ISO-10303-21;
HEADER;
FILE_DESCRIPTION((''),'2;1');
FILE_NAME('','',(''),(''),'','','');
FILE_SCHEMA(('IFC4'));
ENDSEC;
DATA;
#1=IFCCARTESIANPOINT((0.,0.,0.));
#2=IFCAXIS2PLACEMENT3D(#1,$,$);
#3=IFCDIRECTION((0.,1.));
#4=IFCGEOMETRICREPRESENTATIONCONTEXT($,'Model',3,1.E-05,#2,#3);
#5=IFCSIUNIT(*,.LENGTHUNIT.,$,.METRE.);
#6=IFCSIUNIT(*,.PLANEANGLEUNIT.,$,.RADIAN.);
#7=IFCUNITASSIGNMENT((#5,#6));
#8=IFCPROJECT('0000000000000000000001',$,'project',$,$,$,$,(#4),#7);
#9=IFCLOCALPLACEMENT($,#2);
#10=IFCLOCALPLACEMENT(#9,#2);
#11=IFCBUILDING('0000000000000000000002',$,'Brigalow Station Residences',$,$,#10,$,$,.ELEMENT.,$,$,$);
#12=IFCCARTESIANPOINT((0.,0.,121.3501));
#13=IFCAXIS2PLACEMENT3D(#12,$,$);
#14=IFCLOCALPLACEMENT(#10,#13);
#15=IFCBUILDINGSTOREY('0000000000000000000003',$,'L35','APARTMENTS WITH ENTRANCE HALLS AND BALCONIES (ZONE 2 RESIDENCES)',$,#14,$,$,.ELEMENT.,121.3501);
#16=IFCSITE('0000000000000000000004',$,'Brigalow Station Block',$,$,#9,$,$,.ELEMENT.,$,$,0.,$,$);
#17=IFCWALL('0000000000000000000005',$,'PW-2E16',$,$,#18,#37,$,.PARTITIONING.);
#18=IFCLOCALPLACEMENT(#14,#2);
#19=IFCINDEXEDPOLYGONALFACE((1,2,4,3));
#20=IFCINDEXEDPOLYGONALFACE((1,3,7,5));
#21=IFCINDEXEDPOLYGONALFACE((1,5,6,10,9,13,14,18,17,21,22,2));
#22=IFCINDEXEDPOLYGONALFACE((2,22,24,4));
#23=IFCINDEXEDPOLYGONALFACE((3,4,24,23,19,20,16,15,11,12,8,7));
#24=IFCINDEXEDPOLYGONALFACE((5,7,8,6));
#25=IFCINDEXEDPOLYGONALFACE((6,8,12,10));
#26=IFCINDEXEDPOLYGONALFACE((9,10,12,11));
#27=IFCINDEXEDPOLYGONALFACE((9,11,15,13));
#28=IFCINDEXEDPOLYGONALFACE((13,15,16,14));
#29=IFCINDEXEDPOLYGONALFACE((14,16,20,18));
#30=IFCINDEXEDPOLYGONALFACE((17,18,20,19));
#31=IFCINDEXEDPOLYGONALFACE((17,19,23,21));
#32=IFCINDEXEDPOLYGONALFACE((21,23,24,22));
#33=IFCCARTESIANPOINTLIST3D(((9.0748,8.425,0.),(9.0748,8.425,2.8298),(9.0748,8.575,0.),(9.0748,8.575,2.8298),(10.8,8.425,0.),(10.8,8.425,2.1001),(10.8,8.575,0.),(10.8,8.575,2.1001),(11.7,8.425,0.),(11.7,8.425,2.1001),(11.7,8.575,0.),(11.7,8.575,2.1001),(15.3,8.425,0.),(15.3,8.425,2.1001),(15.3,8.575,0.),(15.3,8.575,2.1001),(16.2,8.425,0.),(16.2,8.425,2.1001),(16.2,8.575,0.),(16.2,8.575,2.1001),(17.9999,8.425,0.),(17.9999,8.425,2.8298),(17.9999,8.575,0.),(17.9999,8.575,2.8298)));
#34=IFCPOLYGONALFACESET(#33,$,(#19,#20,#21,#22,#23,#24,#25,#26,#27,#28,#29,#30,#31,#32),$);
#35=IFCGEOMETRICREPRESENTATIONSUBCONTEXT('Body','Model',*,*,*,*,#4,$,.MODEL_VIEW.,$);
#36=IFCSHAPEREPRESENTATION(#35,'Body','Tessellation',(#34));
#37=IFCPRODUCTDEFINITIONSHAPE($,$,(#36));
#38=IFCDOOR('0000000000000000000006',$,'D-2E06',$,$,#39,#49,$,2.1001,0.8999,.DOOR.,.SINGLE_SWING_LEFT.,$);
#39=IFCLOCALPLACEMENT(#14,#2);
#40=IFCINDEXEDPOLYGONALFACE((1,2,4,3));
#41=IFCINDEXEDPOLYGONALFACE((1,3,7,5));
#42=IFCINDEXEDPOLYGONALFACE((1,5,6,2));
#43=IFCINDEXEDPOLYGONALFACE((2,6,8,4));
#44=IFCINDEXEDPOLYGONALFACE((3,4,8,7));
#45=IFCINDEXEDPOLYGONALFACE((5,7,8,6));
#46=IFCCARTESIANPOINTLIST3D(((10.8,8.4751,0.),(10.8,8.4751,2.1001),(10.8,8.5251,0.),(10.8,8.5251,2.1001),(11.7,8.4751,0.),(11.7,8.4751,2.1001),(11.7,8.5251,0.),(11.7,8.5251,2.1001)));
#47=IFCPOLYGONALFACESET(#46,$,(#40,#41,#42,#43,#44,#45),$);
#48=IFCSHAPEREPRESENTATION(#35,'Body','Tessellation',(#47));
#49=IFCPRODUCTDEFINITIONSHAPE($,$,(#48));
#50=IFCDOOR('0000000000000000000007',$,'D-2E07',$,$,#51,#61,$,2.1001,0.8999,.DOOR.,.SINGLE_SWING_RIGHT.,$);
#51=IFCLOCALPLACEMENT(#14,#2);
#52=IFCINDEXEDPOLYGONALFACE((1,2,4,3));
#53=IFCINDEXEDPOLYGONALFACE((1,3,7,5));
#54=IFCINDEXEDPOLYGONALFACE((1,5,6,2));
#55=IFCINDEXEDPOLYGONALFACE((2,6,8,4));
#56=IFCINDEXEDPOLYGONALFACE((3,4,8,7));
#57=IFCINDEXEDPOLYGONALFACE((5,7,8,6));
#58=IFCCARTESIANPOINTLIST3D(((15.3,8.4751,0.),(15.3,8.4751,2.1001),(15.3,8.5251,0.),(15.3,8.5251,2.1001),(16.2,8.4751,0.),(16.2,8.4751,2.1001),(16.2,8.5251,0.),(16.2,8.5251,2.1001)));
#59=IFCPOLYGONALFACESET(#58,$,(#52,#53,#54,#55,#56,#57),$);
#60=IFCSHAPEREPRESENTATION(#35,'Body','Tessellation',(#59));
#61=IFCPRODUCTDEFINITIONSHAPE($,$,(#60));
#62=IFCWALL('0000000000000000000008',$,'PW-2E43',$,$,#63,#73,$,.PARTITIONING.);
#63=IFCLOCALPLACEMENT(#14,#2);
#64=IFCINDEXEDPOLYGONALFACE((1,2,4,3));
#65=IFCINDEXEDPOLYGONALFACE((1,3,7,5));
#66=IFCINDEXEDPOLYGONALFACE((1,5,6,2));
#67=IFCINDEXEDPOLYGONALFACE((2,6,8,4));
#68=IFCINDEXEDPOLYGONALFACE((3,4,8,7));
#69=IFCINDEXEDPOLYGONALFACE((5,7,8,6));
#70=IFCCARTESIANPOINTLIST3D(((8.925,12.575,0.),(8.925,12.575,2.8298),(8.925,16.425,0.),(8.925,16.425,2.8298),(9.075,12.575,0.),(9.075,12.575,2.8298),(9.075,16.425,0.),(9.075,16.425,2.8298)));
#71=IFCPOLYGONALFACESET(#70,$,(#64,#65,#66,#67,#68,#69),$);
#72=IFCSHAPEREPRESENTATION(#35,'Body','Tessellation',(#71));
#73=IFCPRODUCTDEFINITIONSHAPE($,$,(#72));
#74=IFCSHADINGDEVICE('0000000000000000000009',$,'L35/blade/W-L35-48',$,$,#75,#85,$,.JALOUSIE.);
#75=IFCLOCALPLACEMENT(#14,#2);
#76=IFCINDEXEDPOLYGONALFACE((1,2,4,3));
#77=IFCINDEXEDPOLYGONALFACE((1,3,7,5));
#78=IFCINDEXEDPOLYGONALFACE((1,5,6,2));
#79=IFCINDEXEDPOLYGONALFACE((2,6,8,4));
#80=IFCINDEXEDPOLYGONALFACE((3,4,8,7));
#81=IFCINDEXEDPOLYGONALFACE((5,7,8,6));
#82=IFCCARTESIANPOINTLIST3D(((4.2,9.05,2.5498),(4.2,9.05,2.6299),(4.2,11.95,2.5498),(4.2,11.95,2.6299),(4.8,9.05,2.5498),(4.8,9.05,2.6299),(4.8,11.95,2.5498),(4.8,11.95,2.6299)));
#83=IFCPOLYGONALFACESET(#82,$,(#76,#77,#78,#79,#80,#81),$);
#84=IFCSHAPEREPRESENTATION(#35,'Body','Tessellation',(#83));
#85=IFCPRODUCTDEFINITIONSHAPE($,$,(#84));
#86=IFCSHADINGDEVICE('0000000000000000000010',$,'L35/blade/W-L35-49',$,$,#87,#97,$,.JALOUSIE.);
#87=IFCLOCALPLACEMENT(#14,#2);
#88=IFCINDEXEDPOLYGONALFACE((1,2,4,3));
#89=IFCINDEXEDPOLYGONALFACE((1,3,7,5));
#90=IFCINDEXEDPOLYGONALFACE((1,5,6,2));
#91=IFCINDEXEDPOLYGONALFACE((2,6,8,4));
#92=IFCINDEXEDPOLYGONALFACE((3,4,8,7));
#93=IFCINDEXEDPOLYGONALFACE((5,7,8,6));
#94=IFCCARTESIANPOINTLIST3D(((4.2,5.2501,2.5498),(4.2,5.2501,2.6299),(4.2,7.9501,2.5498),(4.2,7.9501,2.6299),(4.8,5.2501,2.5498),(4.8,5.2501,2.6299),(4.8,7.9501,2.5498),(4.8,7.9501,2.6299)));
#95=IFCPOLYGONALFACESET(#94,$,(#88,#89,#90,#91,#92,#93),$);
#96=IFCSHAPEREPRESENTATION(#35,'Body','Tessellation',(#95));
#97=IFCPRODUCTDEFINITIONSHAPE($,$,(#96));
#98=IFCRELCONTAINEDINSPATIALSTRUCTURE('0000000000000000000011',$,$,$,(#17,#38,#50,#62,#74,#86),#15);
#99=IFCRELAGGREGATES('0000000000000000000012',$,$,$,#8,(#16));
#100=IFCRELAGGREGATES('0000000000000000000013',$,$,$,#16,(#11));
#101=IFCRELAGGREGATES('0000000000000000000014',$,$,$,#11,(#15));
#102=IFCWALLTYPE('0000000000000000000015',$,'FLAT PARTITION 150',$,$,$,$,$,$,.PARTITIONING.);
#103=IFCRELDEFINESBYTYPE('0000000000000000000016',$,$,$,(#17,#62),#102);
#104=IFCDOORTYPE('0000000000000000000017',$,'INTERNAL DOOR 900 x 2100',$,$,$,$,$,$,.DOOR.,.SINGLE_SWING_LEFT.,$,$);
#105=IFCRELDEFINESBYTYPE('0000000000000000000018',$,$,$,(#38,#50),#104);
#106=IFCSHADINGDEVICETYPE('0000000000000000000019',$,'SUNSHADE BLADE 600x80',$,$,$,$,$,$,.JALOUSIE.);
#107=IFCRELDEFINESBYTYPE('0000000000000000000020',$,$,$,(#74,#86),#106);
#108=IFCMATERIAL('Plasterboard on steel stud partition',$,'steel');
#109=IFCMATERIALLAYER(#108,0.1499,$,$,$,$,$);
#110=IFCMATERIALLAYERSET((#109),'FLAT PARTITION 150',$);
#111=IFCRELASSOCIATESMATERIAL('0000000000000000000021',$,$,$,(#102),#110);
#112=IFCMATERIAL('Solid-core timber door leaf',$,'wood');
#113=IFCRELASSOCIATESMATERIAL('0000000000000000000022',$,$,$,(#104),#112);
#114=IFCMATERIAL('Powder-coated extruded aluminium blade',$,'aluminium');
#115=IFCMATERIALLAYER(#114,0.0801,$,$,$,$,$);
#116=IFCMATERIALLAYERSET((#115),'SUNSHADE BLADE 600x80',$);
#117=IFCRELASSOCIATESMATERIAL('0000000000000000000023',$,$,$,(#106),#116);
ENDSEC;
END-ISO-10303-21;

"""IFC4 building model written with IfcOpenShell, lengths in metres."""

from ifc_helpers import new_model, si_unit, direction, frame, frame_2d, origin, origin_2d, place, context, subcontext, project, spatial, rectangle, extrude, material, layer, layer_set, type_object, element, fill, save


model = new_model("IFC4")

# Units and contexts
model_context = context("Model", 3, precision=1e-05, world=origin(), true_north=direction((0.0, 1.0)))
body_context = subcontext(model_context, "Body", "Model", "MODEL_VIEW")
ifc_project = project(units=[si_unit("LENGTHUNIT", "METRE"), si_unit("PLANEANGLEUNIT", "RADIAN")], contexts=[model_context])

# Site, building, storey
site_placement = place(None, origin())
site = spatial("IfcSite", under=ifc_project, at=site_placement, Name="Brigalow Station Block", CompositionType="ELEMENT", RefElevation=0.0)
building_placement = place(site_placement, origin())
building = spatial("IfcBuilding", under=site, at=building_placement, Name="Brigalow Station Residences", CompositionType="ELEMENT")
storey_placement = place(building_placement, frame((0.0, 0.0, 121.3501)))
storey = spatial("IfcBuildingStorey", under=building, at=storey_placement, Name="L35", Description="APARTMENTS WITH ENTRANCE HALLS AND BALCONIES (ZONE 2 RESIDENCES)", CompositionType="ELEMENT", Elevation=121.3501)

# Shared definitions
ifc_material_1 = material(Name="Plasterboard on steel stud partition", Category="steel")
ifc_layer_1 = layer(ifc_material_1, 0.1499)
ifc_layer_set_1 = layer_set([ifc_layer_1], Name="FLAT PARTITION 150")
wall_type_1 = type_object("IfcWallType", Name="FLAT PARTITION 150", PredefinedType="PARTITIONING", material=ifc_layer_set_1)
ifc_material_2 = material(Name="Solid-core timber door leaf", Category="wood")
door_type = type_object("IfcDoorType", Name="INTERNAL DOOR 900 x 2100", OperationType="SINGLE_SWING_LEFT", PredefinedType="DOOR", material=ifc_material_2)

# Wall, openings, doors
wall_1_placement = place(storey_placement, frame((9.075, 8.5, 0.0), z_axis=(0.0, 0.0, 1.0), x_axis=(1.0, 0.0, 0.0)))
wall_1 = element("IfcWall", 1, at=wall_1_placement, inside=storey, type_object=wall_type_1, Name="PW-2E16", PredefinedType="PARTITIONING", context=body_context, shape_type="SweptSolid", body=[
    extrude(rectangle(XDim=8.925, YDim=0.1499, at=frame_2d((4.4624, 0.0))), origin(), (0.0, 0.0, 1.0), 2.8298),
])
opening_1_placement = place(wall_1_placement, frame((1.7251, 0.0, 0.0)))
opening_1 = element("IfcOpeningElement", 2, at=opening_1_placement, cuts=wall_1, PredefinedType="OPENING", context=body_context, shape_type="SweptSolid", body=[
    extrude(rectangle(XDim=0.8999, YDim=2.1001, at=frame_2d((0.45, 1.05))), frame((0.0, 0.085, 0.0), z_axis=(0.0, -1.0, 0.0), x_axis=(1.0, 0.0, 0.0)), (0.0, 0.0, 1.0), 0.1699),
])
opening_2_placement = place(wall_1_placement, frame((6.2251, 0.0, 0.0)))
opening_2 = element("IfcOpeningElement", 3, at=opening_2_placement, cuts=wall_1, PredefinedType="OPENING", context=body_context, shape_type="SweptSolid", body=[
    extrude(rectangle(XDim=0.8999, YDim=2.1001, at=frame_2d((0.45, 1.05))), frame((0.0, 0.085, 0.0), z_axis=(0.0, -1.0, 0.0), x_axis=(1.0, 0.0, 0.0)), (0.0, 0.0, 1.0), 0.1699),
])
door_1_placement = place(opening_1_placement, frame((0.8999, 0.0, 0.0), z_axis=(0.0, 0.0, 1.0), x_axis=(-1.0, 0.0, 0.0)))
door_1 = element("IfcDoor", 4, at=door_1_placement, inside=storey, type_object=door_type, Name="D-2E06", OperationType="SINGLE_SWING_LEFT", OverallHeight=2.1001, OverallWidth=0.8999, PredefinedType="DOOR", context=body_context, shape_type="SweptSolid", body=[
    extrude(rectangle(XDim=0.8999, YDim=2.1001, at=frame_2d((0.45, 1.05))), frame((0.0, 0.0249, 0.0), z_axis=(0.0, -1.0, 0.0), x_axis=(1.0, 0.0, 0.0)), (0.0, 0.0, 1.0), 0.05),
])
fill(opening_1, door_1)
door_2_placement = place(opening_2_placement, frame((0.8999, 0.0, 0.0), z_axis=(0.0, 0.0, 1.0), x_axis=(-1.0, 0.0, 0.0)))
door_2 = element("IfcDoor", 5, at=door_2_placement, inside=storey, type_object=door_type, Name="D-2E07", OperationType="SINGLE_SWING_RIGHT", OverallHeight=2.1001, OverallWidth=0.8999, PredefinedType="DOOR", context=body_context, shape_type="SweptSolid", body=[
    extrude(rectangle(XDim=0.8999, YDim=2.1001, at=frame_2d((0.45, 1.05))), frame((0.0, 0.0249, 0.0), z_axis=(0.0, -1.0, 0.0), x_axis=(1.0, 0.0, 0.0)), (0.0, 0.0, 1.0), 0.05),
])
fill(opening_2, door_2)

# Wall
wall_2_placement = place(storey_placement, frame((9.0, 12.575, 0.0), z_axis=(0.0, 0.0, 1.0), x_axis=(0.0, 1.0, 0.0)))
element("IfcWall", 6, at=wall_2_placement, inside=storey, type_object=wall_type_1, Name="PW-2E43", PredefinedType="PARTITIONING", context=body_context, shape_type="SweptSolid", body=[
    extrude(rectangle(XDim=3.8501, YDim=0.1499, at=frame_2d((1.925, 0.0))), origin(), (0.0, 0.0, 1.0), 2.8298),
])

# Shading devices
ifc_material_3 = material(Name="Powder-coated extruded aluminium blade", Category="aluminium")
ifc_layer_2 = layer(ifc_material_3, 0.0801)
ifc_layer_set_2 = layer_set([ifc_layer_2], Name="SUNSHADE BLADE 600x80")
shading_device_type = type_object("IfcShadingDeviceType", Name="SUNSHADE BLADE 600x80", PredefinedType="JALOUSIE", material=ifc_layer_set_2)
shading_device_1_placement = place(storey_placement, frame((4.5, 10.5, 2.5498), z_axis=(0.0, 0.0, 1.0), x_axis=(0.0, -1.0, 0.0)))
element("IfcShadingDevice", 7, at=shading_device_1_placement, inside=storey, type_object=shading_device_type, Name="L35/blade/W-L35-48", PredefinedType="JALOUSIE", context=body_context, shape_type="SweptSolid", body=[
    extrude(rectangle(XDim=2.8999, YDim=0.6001, at=origin_2d()), origin(), (0.0, 0.0, 1.0), 0.0801),
])
shading_device_2_placement = place(storey_placement, frame((4.5, 6.6001, 2.5498), z_axis=(0.0, 0.0, 1.0), x_axis=(0.0, -1.0, 0.0)))
element("IfcShadingDevice", 8, at=shading_device_2_placement, inside=storey, type_object=shading_device_type, Name="L35/blade/W-L35-49", PredefinedType="JALOUSIE", context=body_context, shape_type="SweptSolid", body=[
    extrude(rectangle(XDim=2.7, YDim=0.6001, at=origin_2d()), origin(), (0.0, 0.0, 1.0), 0.0801),
])

save(model, "model.ifc")
